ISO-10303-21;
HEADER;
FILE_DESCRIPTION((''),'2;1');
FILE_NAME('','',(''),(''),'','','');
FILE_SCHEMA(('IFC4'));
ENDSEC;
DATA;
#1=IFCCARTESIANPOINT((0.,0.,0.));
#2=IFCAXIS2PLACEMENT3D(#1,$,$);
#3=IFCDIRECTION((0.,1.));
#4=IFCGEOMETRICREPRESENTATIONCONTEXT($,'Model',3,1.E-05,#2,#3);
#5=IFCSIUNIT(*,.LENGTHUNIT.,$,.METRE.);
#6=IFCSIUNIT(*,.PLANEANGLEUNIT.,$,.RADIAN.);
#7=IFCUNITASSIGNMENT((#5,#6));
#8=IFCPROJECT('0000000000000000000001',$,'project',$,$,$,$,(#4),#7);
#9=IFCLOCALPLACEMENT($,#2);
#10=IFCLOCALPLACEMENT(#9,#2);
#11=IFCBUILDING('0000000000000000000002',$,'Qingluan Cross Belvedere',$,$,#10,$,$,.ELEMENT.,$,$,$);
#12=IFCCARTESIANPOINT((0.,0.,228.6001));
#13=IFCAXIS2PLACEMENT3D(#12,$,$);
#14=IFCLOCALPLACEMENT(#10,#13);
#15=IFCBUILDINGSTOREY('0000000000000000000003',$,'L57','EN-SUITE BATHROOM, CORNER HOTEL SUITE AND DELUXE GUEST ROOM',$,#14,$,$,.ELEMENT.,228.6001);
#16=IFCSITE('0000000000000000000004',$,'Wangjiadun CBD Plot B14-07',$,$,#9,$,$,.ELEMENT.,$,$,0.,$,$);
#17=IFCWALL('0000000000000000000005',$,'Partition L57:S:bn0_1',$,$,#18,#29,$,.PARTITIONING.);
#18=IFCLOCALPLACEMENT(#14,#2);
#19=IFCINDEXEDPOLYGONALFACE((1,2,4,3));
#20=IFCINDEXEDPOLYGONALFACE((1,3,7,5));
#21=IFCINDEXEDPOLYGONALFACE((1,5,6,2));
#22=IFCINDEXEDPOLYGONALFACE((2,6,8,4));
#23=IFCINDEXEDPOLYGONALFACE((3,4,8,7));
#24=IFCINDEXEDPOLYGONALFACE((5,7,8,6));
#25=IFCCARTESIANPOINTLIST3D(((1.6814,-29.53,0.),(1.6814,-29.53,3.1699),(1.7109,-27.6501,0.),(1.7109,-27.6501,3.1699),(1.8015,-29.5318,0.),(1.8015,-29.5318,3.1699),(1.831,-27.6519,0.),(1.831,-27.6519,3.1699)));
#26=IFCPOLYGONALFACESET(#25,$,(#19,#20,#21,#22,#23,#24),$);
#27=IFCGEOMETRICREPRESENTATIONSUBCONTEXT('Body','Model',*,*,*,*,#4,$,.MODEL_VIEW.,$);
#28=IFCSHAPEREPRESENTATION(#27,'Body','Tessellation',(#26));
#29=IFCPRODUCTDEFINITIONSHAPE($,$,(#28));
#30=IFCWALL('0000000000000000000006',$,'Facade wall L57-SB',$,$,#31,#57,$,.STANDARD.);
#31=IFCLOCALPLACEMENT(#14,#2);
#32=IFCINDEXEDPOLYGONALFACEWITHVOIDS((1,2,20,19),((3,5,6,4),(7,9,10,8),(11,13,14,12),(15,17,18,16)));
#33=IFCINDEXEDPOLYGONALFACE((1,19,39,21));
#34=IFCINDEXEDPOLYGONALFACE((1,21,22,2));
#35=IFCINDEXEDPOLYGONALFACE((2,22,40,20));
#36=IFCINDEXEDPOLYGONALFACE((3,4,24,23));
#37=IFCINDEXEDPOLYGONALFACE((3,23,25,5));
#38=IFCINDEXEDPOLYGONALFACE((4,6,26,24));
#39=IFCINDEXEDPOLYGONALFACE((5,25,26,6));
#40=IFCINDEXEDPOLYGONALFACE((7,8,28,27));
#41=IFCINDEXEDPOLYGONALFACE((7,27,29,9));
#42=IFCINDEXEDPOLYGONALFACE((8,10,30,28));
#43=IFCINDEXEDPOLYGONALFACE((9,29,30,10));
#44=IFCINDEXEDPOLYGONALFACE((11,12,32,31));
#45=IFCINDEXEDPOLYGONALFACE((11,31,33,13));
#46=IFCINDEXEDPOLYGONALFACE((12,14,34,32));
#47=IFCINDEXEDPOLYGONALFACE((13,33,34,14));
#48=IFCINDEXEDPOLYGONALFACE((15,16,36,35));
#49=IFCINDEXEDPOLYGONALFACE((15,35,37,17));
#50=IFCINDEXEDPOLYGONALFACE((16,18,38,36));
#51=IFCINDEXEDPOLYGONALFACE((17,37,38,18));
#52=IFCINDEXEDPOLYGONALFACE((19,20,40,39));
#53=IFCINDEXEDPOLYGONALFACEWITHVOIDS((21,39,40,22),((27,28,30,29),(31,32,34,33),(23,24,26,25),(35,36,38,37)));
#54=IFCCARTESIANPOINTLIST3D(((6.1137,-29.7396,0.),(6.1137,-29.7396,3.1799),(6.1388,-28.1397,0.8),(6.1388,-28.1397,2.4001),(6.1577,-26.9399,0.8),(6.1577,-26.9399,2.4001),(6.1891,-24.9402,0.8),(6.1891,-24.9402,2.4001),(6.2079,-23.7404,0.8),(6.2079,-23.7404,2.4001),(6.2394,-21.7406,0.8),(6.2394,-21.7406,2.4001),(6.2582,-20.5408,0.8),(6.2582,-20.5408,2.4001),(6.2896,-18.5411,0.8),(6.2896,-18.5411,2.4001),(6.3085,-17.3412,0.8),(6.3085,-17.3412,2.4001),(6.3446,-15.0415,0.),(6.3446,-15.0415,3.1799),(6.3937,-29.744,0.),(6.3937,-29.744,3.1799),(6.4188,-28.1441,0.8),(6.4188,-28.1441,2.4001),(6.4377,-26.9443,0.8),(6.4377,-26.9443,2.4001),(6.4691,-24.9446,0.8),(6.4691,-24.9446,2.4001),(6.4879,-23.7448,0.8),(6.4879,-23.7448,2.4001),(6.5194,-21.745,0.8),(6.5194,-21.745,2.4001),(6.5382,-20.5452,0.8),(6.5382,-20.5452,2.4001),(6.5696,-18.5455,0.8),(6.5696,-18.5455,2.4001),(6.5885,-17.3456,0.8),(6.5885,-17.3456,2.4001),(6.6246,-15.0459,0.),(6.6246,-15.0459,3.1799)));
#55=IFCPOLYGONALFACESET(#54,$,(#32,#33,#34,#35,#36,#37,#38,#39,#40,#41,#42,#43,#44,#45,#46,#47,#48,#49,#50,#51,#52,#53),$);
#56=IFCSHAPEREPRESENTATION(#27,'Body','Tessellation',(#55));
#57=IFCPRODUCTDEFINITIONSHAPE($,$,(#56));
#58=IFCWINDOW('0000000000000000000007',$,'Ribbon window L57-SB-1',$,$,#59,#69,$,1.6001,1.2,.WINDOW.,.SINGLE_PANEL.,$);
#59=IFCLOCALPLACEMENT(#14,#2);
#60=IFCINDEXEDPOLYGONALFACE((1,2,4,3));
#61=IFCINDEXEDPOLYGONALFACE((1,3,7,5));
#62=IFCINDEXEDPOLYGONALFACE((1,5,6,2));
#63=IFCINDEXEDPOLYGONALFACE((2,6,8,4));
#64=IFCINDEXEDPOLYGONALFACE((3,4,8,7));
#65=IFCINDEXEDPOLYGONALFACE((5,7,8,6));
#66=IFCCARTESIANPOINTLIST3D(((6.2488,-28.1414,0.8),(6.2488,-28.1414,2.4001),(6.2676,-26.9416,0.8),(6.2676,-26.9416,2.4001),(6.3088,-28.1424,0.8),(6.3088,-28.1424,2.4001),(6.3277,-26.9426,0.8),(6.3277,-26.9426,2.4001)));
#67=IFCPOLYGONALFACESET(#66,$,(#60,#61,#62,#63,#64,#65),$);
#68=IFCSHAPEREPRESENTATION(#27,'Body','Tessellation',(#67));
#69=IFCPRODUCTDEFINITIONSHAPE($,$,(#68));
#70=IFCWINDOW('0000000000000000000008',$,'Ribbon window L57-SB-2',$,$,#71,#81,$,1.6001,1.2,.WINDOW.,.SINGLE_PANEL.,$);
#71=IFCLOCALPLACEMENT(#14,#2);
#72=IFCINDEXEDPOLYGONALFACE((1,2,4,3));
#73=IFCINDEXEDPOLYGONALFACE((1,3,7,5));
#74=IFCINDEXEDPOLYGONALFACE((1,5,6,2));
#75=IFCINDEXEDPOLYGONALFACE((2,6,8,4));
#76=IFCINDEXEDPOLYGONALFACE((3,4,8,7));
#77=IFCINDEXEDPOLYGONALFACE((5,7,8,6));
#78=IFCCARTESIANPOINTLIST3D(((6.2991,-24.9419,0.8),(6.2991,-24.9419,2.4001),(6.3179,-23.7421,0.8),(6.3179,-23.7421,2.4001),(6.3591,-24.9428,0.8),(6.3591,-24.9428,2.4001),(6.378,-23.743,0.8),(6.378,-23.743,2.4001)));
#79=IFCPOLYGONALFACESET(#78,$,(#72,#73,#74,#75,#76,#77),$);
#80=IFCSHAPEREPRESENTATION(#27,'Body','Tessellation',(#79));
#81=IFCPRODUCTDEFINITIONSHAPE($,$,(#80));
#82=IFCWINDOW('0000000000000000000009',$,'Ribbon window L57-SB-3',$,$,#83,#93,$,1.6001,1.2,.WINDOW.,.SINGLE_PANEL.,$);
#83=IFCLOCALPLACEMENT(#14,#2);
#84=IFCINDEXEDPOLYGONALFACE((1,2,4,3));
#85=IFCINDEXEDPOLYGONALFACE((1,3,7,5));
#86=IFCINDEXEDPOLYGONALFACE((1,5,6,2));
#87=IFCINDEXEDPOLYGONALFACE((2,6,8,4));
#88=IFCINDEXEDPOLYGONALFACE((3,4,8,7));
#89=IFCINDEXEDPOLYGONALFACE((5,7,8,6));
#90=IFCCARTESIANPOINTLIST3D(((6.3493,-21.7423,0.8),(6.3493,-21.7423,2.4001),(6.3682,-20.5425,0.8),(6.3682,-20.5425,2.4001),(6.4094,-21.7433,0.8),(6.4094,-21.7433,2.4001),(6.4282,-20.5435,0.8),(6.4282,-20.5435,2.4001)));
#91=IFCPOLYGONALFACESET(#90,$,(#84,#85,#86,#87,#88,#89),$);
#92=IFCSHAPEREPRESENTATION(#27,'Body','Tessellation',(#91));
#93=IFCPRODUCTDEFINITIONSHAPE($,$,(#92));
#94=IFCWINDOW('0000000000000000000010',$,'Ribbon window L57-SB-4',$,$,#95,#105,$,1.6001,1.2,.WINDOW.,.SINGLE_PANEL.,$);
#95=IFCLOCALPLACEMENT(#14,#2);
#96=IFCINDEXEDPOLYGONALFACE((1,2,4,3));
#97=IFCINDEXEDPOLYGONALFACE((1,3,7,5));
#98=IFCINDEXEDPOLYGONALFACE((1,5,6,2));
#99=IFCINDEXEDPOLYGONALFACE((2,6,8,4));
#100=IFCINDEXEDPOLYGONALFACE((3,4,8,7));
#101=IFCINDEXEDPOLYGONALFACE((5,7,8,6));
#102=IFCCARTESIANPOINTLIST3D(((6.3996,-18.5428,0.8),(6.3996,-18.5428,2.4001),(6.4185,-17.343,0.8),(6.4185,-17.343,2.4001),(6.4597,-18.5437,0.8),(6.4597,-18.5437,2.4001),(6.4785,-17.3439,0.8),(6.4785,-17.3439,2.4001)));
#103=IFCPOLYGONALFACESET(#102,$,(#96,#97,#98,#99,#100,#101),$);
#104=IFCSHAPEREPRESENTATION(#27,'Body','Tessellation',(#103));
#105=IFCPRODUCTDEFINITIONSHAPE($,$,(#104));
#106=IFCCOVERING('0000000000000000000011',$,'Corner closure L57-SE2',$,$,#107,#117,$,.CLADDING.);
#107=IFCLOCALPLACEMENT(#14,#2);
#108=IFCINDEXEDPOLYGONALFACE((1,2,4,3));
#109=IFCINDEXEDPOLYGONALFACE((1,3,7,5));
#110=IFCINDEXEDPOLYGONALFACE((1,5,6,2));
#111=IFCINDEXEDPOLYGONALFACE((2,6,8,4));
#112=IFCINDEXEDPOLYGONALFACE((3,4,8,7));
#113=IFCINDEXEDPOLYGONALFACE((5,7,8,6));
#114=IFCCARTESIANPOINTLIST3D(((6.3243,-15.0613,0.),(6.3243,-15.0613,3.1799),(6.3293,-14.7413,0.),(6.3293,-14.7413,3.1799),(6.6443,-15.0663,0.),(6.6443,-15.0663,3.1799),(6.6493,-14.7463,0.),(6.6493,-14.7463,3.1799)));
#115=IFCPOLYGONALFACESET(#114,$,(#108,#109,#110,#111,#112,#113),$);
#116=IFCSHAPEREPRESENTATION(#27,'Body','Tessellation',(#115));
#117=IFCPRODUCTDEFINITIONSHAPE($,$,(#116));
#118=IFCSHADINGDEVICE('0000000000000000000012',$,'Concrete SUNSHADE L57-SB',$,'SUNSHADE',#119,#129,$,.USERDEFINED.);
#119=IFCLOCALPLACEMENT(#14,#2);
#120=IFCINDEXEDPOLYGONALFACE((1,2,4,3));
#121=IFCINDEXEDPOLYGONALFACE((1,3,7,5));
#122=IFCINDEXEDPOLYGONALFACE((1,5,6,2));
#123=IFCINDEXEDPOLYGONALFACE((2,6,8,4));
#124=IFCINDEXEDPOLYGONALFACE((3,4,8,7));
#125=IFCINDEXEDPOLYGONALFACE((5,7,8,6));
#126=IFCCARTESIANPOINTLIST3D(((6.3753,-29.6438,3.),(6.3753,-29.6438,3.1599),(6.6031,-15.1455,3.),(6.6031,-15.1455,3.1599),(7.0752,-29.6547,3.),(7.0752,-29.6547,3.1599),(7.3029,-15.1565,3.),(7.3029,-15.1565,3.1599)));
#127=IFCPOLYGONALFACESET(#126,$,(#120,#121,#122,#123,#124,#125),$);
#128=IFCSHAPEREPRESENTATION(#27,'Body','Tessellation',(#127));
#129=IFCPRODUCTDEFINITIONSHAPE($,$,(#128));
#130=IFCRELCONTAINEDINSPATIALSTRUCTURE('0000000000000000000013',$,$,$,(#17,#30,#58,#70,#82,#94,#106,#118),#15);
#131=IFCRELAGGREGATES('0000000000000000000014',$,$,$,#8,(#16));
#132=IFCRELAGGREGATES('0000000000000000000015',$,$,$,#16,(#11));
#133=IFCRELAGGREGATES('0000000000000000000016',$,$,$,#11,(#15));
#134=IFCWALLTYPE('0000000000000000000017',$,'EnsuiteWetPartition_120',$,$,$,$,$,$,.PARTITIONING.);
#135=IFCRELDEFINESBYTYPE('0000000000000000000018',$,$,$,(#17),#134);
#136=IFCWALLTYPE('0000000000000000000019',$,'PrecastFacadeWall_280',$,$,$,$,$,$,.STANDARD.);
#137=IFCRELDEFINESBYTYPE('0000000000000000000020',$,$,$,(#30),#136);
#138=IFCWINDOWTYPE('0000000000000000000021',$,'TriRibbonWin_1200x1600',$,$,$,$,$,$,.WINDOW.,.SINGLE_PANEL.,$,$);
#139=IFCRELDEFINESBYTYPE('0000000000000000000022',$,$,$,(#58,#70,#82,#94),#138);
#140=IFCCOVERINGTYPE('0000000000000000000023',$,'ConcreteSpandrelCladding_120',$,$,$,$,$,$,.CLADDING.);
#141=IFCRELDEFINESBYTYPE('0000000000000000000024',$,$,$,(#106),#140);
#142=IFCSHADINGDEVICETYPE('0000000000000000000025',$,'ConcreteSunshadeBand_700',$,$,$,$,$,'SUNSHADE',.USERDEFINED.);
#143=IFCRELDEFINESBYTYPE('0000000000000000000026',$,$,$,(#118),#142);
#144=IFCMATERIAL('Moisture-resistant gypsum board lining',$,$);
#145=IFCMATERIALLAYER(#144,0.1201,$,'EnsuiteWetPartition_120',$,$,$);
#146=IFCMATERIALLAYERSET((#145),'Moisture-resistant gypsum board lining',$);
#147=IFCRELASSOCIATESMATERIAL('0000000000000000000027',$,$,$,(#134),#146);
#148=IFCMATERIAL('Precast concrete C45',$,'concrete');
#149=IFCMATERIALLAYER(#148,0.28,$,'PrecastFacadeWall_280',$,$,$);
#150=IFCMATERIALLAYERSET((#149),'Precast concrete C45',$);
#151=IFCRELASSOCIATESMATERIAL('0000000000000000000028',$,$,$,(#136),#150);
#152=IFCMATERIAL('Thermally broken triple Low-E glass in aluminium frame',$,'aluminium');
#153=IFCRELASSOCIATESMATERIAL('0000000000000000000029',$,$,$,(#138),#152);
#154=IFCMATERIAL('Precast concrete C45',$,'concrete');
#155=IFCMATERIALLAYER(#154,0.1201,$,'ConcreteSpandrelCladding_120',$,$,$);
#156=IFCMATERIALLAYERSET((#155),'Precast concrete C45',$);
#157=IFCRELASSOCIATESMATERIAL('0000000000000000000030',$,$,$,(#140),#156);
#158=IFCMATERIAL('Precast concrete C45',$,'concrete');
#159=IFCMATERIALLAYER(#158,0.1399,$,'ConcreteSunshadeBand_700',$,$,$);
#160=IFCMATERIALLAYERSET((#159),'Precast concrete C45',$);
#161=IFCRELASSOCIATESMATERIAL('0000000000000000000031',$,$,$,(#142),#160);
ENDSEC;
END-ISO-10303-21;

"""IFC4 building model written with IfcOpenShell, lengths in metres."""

from ifc_helpers import new_model, si_unit, direction, frame, frame_2d, origin, origin_2d, place, context, subcontext, project, spatial, rectangle, extrude, material, layer, layer_set, type_object, element, fill, save


model = new_model("IFC4")

# Units and contexts
model_context = context("Model", 3, precision=1e-05, world=origin(), true_north=direction((0.0, 1.0)))
body_context = subcontext(model_context, "Body", "Model", "MODEL_VIEW")
ifc_project = project(units=[si_unit("LENGTHUNIT", "METRE"), si_unit("PLANEANGLEUNIT", "RADIAN")], contexts=[model_context])

# Site, building, storey
site_placement = place(None, origin())
site = spatial("IfcSite", under=ifc_project, at=site_placement, Name="Wangjiadun CBD Plot B14-07", CompositionType="ELEMENT", RefElevation=0.0)
building_placement = place(site_placement, origin())
building = spatial("IfcBuilding", under=site, at=building_placement, Name="Qingluan Cross Belvedere", CompositionType="ELEMENT")
storey_placement = place(building_placement, frame((0.0, 0.0, 228.6001)))
storey = spatial("IfcBuildingStorey", under=building, at=storey_placement, Name="L57", Description="EN-SUITE BATHROOM, CORNER HOTEL SUITE AND DELUXE GUEST ROOM", CompositionType="ELEMENT", Elevation=228.6001)

# Shared definitions
ifc_material_1 = material(Name="Moisture-resistant gypsum board lining")
ifc_layer_1 = layer(ifc_material_1, 0.1201, Name="EnsuiteWetPartition_120")
ifc_layer_set_1 = layer_set([ifc_layer_1], Name="Moisture-resistant gypsum board lining")
wall_type_1 = type_object("IfcWallType", Name="EnsuiteWetPartition_120", PredefinedType="PARTITIONING", material=ifc_layer_set_1)

# Wall
wall_1_placement = place(storey_placement, frame((1.771, -27.6511, 0.0), z_axis=(0.0, 0.0, 1.0), x_axis=(-0.015712, -0.999877, 0.0)))
element("IfcWall", 1, at=wall_1_placement, inside=storey, type_object=wall_type_1, Name="Partition L57:S:bn0_1", PredefinedType="PARTITIONING", context=body_context, shape_type="SweptSolid", body=[
    extrude(rectangle(XDim=1.8801, YDim=0.1201, at=frame_2d((0.9399, 0.0))), origin(), (0.0, 0.0, 1.0), 3.1699),
])

# Wall, openings, windows
ifc_material_2 = material(Name="Precast concrete C45", Category="concrete")
ifc_layer_2 = layer(ifc_material_2, 0.28, Name="PrecastFacadeWall_280")
ifc_layer_set_2 = layer_set([ifc_layer_2], Name="Precast concrete C45")
wall_type_2 = type_object("IfcWallType", Name="PrecastFacadeWall_280", PredefinedType="STANDARD", material=ifc_layer_set_2)
wall_2_placement = place(storey_placement, frame((6.2537, -29.7419, 0.0), z_axis=(0.0, 0.0, 1.0), x_axis=(0.015711, 0.999877, 0.0)))
wall_2 = element("IfcWall", 2, at=wall_2_placement, inside=storey, type_object=wall_type_2, Name="Facade wall L57-SB", PredefinedType="STANDARD", context=body_context, shape_type="SweptSolid", body=[
    extrude(rectangle(XDim=14.7, YDim=0.28, at=frame_2d((7.3501, 0.0))), origin(), (0.0, 0.0, 1.0), 3.1799),
])
opening_1_placement = place(wall_2_placement, frame((1.6001, 0.0, 0.8)))
opening_1 = element("IfcOpeningElement", 3, at=opening_1_placement, cuts=wall_2, PredefinedType="OPENING", context=body_context, shape_type="SweptSolid", body=[
    extrude(rectangle(XDim=1.2, YDim=1.6001, at=frame_2d((0.6001, 0.8))), frame((0.0, 0.1499, 0.0), z_axis=(0.0, -1.0, 0.0), x_axis=(1.0, 0.0, 0.0)), (0.0, 0.0, 1.0), 0.3),
])
opening_2_placement = place(wall_2_placement, frame((4.8, 0.0, 0.8)))
opening_2 = element("IfcOpeningElement", 4, at=opening_2_placement, cuts=wall_2, PredefinedType="OPENING", context=body_context, shape_type="SweptSolid", body=[
    extrude(rectangle(XDim=1.2, YDim=1.6001, at=frame_2d((0.6001, 0.8))), frame((0.0, 0.1499, 0.0), z_axis=(0.0, -1.0, 0.0), x_axis=(1.0, 0.0, 0.0)), (0.0, 0.0, 1.0), 0.3),
])
opening_3_placement = place(wall_2_placement, frame((8.0, 0.0, 0.8)))
opening_3 = element("IfcOpeningElement", 5, at=opening_3_placement, cuts=wall_2, PredefinedType="OPENING", context=body_context, shape_type="SweptSolid", body=[
    extrude(rectangle(XDim=1.2, YDim=1.6001, at=frame_2d((0.6001, 0.8))), frame((0.0, 0.1499, 0.0), z_axis=(0.0, -1.0, 0.0), x_axis=(1.0, 0.0, 0.0)), (0.0, 0.0, 1.0), 0.3),
])
opening_4_placement = place(wall_2_placement, frame((11.2, 0.0, 0.8)))
opening_4 = element("IfcOpeningElement", 6, at=opening_4_placement, cuts=wall_2, PredefinedType="OPENING", context=body_context, shape_type="SweptSolid", body=[
    extrude(rectangle(XDim=1.2, YDim=1.6001, at=frame_2d((0.6001, 0.8))), frame((0.0, 0.1499, 0.0), z_axis=(0.0, -1.0, 0.0), x_axis=(1.0, 0.0, 0.0)), (0.0, 0.0, 1.0), 0.3),
])
ifc_material_3 = material(Name="Thermally broken triple Low-E glass in aluminium frame", Category="aluminium")
window_type = type_object("IfcWindowType", Name="TriRibbonWin_1200x1600", PartitioningType="SINGLE_PANEL", PredefinedType="WINDOW", material=ifc_material_3)
window_1_placement = place(opening_1_placement, origin())
window_1 = element("IfcWindow", 7, at=window_1_placement, inside=storey, type_object=window_type, Name="Ribbon window L57-SB-1", OverallHeight=1.6001, OverallWidth=1.2, PartitioningType="SINGLE_PANEL", PredefinedType="WINDOW", context=body_context, shape_type="SweptSolid", body=[
    extrude(rectangle(XDim=1.2, YDim=1.6001, at=frame_2d((0.6001, 0.8))), frame((0.0, 0.03, 0.0), z_axis=(0.0, -1.0, 0.0), x_axis=(1.0, 0.0, 0.0)), (0.0, 0.0, 1.0), 0.0601),
])
fill(opening_1, window_1)
window_2_placement = place(opening_2_placement, origin())
window_2 = element("IfcWindow", 8, at=window_2_placement, inside=storey, type_object=window_type, Name="Ribbon window L57-SB-2", OverallHeight=1.6001, OverallWidth=1.2, PartitioningType="SINGLE_PANEL", PredefinedType="WINDOW", context=body_context, shape_type="SweptSolid", body=[
    extrude(rectangle(XDim=1.2, YDim=1.6001, at=frame_2d((0.6001, 0.8))), frame((0.0, 0.03, 0.0), z_axis=(0.0, -1.0, 0.0), x_axis=(1.0, 0.0, 0.0)), (0.0, 0.0, 1.0), 0.0601),
])
fill(opening_2, window_2)
window_3_placement = place(opening_3_placement, origin())
window_3 = element("IfcWindow", 9, at=window_3_placement, inside=storey, type_object=window_type, Name="Ribbon window L57-SB-3", OverallHeight=1.6001, OverallWidth=1.2, PartitioningType="SINGLE_PANEL", PredefinedType="WINDOW", context=body_context, shape_type="SweptSolid", body=[
    extrude(rectangle(XDim=1.2, YDim=1.6001, at=frame_2d((0.6001, 0.8))), frame((0.0, 0.03, 0.0), z_axis=(0.0, -1.0, 0.0), x_axis=(1.0, 0.0, 0.0)), (0.0, 0.0, 1.0), 0.0601),
])
fill(opening_3, window_3)
window_4_placement = place(opening_4_placement, origin())
window_4 = element("IfcWindow", 10, at=window_4_placement, inside=storey, type_object=window_type, Name="Ribbon window L57-SB-4", OverallHeight=1.6001, OverallWidth=1.2, PartitioningType="SINGLE_PANEL", PredefinedType="WINDOW", context=body_context, shape_type="SweptSolid", body=[
    extrude(rectangle(XDim=1.2, YDim=1.6001, at=frame_2d((0.6001, 0.8))), frame((0.0, 0.03, 0.0), z_axis=(0.0, -1.0, 0.0), x_axis=(1.0, 0.0, 0.0)), (0.0, 0.0, 1.0), 0.0601),
])
fill(opening_4, window_4)

# Covering
ifc_material_4 = material(Name="Precast concrete C45", Category="concrete")
ifc_layer_3 = layer(ifc_material_4, 0.1201, Name="ConcreteSpandrelCladding_120")
ifc_layer_set_3 = layer_set([ifc_layer_3], Name="Precast concrete C45")
covering_type = type_object("IfcCoveringType", Name="ConcreteSpandrelCladding_120", PredefinedType="CLADDING", material=ifc_layer_set_3)
covering_placement = place(storey_placement, frame((6.4868, -14.9038, 0.0), z_axis=(0.0, 0.0, 1.0), x_axis=(0.999877, -0.015707, 0.0)))
element("IfcCovering", 11, at=covering_placement, inside=storey, type_object=covering_type, Name="Corner closure L57-SE2", PredefinedType="CLADDING", context=body_context, shape_type="SweptSolid", body=[
    extrude(rectangle(XDim=0.3201, YDim=0.3201, at=origin_2d()), origin(), (0.0, 0.0, 1.0), 3.1799),
])

# Shading device
ifc_material_5 = material(Name="Precast concrete C45", Category="concrete")
ifc_layer_4 = layer(ifc_material_5, 0.1399, Name="ConcreteSunshadeBand_700")
ifc_layer_set_4 = layer_set([ifc_layer_4], Name="Precast concrete C45")
shading_device_type = type_object("IfcShadingDeviceType", Name="ConcreteSunshadeBand_700", ElementType="SUNSHADE", PredefinedType="USERDEFINED", material=ifc_layer_set_4)
shading_device_placement = place(storey_placement, frame((6.8391, -22.4001, 3.0), z_axis=(0.0, 0.0, 1.0), x_axis=(0.015707, 0.999877, 0.0)))
element("IfcShadingDevice", 12, at=shading_device_placement, inside=storey, type_object=shading_device_type, Name="Concrete SUNSHADE L57-SB", ObjectType="SUNSHADE", PredefinedType="USERDEFINED", context=body_context, shape_type="SweptSolid", body=[
    extrude(rectangle(XDim=14.5, YDim=0.7, at=origin_2d()), origin(), (0.0, 0.0, 1.0), 0.1599),
])

save(model, "model.ifc")
